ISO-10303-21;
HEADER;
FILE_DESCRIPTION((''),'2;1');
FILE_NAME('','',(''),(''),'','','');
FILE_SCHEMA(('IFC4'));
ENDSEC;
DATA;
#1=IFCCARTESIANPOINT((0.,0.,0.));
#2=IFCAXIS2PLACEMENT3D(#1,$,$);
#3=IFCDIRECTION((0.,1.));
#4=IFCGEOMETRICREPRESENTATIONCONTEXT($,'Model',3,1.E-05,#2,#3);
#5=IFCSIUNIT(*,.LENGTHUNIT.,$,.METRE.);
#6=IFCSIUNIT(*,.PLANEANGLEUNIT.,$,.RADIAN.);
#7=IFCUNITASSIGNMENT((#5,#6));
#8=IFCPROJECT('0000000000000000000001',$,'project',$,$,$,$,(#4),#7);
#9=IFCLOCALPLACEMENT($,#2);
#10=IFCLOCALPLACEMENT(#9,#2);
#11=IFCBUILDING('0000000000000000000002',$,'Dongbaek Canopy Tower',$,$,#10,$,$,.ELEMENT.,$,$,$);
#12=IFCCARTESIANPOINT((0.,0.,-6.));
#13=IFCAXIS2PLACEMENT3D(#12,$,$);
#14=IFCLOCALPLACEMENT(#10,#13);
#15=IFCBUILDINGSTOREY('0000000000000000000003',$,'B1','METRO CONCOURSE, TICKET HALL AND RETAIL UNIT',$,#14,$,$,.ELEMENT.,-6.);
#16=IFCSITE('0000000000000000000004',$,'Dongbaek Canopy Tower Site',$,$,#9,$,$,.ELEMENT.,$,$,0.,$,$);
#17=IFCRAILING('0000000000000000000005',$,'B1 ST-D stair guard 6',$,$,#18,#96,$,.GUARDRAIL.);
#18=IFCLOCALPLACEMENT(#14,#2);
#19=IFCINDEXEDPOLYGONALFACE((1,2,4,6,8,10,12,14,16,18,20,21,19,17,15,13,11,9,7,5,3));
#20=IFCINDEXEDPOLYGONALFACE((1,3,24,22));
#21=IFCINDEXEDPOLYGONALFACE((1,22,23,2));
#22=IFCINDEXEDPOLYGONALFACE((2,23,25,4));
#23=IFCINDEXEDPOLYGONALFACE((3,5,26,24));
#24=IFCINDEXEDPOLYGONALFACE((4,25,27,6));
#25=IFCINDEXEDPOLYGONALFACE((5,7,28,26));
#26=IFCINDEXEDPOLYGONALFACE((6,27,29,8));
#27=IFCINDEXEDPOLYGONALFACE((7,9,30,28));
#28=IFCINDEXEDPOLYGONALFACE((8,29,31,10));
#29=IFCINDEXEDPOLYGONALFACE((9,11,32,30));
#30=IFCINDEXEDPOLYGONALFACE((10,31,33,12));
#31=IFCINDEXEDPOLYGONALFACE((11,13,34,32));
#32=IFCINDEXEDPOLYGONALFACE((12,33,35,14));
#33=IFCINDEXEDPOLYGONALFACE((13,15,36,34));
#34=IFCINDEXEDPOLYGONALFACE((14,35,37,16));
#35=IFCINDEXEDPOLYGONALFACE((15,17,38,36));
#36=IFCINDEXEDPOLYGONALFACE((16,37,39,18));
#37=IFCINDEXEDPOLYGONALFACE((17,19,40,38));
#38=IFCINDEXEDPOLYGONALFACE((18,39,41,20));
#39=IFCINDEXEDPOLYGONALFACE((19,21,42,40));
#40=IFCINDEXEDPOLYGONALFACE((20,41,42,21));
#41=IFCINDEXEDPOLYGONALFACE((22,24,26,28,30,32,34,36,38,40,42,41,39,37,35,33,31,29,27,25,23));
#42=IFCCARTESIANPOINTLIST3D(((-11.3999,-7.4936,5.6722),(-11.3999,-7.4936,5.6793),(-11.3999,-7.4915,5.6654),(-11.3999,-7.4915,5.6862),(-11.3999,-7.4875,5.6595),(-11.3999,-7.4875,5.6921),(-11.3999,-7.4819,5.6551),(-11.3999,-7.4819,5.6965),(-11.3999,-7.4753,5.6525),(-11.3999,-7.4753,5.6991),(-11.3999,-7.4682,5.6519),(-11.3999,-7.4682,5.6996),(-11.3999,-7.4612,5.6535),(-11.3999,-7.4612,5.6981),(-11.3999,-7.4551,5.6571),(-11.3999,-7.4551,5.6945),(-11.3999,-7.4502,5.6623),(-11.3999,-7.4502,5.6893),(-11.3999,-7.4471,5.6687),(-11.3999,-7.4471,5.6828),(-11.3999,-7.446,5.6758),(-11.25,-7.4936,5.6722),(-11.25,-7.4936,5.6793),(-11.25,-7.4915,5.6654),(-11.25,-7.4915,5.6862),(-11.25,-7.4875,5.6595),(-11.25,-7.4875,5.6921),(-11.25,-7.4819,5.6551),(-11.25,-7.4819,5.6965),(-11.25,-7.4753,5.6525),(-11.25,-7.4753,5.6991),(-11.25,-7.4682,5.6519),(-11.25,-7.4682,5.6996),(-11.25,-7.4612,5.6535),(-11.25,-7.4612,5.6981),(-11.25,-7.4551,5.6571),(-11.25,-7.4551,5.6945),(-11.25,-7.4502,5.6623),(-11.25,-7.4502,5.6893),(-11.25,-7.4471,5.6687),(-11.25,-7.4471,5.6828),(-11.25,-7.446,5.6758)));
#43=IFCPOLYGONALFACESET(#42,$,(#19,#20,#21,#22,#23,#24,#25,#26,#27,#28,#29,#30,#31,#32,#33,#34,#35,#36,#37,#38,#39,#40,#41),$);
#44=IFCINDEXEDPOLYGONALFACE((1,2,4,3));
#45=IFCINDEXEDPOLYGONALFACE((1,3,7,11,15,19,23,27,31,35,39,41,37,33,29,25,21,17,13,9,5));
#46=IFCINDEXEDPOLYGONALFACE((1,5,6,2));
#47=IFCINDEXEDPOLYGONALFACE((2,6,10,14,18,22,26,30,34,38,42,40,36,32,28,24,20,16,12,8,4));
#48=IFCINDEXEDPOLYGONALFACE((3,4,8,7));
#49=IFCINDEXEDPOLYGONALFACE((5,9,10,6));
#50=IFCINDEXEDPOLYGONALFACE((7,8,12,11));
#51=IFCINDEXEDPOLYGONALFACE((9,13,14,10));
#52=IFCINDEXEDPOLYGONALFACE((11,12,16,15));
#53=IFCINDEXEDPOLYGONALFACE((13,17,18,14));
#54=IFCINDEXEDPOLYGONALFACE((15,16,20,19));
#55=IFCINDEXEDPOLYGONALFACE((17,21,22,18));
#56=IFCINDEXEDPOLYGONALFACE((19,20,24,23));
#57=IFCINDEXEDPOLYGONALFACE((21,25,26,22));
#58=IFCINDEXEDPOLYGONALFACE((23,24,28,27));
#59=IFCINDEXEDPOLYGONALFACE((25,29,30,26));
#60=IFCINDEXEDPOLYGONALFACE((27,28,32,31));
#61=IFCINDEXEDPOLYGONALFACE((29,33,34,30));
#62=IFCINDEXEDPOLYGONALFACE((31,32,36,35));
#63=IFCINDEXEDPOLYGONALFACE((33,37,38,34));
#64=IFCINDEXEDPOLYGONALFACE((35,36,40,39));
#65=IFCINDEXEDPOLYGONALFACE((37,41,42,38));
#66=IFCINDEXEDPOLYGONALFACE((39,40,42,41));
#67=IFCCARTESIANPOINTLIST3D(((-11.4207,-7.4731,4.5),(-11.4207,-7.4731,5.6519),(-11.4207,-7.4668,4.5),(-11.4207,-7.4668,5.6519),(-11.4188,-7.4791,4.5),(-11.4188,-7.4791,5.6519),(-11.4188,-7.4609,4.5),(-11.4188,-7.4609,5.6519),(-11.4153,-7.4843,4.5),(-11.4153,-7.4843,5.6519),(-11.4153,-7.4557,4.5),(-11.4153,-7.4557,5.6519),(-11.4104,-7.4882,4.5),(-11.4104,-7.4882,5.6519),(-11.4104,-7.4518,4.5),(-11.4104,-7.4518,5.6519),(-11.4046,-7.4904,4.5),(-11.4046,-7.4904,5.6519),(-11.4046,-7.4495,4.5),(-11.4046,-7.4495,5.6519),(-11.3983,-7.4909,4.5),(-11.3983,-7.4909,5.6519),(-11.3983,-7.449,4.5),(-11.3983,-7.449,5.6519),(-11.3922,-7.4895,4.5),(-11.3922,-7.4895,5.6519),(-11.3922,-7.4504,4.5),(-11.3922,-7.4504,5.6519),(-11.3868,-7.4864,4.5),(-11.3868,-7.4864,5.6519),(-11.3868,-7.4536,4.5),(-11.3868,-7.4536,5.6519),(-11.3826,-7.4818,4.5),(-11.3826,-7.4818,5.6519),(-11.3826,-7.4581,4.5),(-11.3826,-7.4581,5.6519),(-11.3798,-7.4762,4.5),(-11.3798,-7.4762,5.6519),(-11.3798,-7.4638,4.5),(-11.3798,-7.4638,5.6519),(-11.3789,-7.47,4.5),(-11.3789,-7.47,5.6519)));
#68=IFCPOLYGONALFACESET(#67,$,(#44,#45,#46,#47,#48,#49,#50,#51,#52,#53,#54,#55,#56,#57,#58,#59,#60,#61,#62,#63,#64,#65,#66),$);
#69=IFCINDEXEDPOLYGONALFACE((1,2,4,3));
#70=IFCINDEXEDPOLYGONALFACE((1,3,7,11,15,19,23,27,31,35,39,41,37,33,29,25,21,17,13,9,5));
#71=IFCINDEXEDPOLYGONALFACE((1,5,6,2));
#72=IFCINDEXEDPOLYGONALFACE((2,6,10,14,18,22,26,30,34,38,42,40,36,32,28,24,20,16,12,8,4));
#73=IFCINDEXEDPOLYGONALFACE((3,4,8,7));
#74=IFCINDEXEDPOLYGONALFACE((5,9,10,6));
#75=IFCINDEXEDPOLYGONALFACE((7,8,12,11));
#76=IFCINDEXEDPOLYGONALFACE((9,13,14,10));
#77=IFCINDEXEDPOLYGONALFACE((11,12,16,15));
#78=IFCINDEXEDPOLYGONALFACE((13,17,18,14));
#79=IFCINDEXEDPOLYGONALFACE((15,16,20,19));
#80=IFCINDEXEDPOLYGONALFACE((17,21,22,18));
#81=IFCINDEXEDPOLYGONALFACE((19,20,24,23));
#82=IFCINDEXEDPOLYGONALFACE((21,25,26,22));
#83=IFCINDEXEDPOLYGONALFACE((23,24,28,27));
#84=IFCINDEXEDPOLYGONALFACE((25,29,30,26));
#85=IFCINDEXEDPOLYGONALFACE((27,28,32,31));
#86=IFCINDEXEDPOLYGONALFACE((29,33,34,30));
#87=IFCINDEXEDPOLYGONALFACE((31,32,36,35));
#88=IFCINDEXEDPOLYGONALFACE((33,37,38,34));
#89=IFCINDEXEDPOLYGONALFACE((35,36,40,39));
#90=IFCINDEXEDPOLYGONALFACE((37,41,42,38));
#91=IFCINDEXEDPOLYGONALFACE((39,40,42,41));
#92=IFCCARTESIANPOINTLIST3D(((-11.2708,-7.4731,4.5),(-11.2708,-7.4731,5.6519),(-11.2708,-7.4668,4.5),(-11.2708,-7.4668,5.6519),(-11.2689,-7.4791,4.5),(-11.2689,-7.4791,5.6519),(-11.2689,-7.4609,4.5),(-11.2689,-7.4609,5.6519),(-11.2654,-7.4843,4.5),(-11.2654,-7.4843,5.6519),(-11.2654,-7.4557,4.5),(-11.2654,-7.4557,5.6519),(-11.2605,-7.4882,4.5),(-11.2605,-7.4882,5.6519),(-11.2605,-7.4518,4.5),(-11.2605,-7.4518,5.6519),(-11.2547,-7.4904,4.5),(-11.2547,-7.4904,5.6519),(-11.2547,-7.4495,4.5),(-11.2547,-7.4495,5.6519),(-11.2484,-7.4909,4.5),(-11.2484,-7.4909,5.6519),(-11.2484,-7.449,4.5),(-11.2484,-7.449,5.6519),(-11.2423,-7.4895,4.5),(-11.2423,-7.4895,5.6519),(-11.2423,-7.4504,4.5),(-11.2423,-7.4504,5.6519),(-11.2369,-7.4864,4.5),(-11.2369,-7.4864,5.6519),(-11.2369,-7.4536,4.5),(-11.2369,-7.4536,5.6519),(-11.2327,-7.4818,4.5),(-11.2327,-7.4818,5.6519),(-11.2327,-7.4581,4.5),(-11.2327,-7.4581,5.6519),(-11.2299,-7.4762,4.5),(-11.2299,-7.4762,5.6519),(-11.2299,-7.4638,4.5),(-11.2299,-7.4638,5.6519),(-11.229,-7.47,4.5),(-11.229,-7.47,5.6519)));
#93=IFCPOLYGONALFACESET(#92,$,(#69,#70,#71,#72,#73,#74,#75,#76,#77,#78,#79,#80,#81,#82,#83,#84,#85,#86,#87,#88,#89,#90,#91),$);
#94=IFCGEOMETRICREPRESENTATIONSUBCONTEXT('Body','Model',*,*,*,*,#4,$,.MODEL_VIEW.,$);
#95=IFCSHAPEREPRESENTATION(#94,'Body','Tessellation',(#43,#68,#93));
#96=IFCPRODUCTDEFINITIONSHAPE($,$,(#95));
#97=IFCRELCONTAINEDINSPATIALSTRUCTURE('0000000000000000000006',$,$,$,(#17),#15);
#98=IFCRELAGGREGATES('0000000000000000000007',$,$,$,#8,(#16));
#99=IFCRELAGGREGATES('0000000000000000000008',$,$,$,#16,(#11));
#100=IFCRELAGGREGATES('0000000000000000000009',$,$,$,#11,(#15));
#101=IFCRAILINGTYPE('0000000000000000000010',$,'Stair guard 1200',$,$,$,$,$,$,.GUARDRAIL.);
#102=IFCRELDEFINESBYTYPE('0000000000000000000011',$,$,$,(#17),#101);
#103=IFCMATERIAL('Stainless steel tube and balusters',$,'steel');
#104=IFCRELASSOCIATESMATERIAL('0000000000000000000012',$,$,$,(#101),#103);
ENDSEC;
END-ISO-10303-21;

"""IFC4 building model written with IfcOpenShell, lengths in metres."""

from ifc_helpers import new_model, si_unit, direction, frame, origin, origin_2d, place, context, subcontext, project, spatial, circle, extrude, material, type_object, element, save


model = new_model("IFC4")

# Units and contexts
model_context = context("Model", 3, precision=1e-05, world=origin(), true_north=direction((0.0, 1.0)))
body_context = subcontext(model_context, "Body", "Model", "MODEL_VIEW")
ifc_project = project(units=[si_unit("LENGTHUNIT", "METRE"), si_unit("PLANEANGLEUNIT", "RADIAN")], contexts=[model_context])

# Site, building, storey
site_placement = place(None, origin())
site = spatial("IfcSite", under=ifc_project, at=site_placement, Name="Dongbaek Canopy Tower Site", CompositionType="ELEMENT", RefElevation=0.0)
building_placement = place(site_placement, origin())
building = spatial("IfcBuilding", under=site, at=building_placement, Name="Dongbaek Canopy Tower", CompositionType="ELEMENT")
storey_placement = place(building_placement, frame((0.0, 0.0, -6.0)))
storey = spatial("IfcBuildingStorey", under=building, at=storey_placement, Name="B1", Description="METRO CONCOURSE, TICKET HALL AND RETAIL UNIT", CompositionType="ELEMENT", Elevation=-6.0)

# Railing
ifc_material_1 = material(Name="Stainless steel tube and balusters", Category="steel")
railing_type_1 = type_object("IfcRailingType", Name="Stair guard 1200", PredefinedType="GUARDRAIL", material=ifc_material_1)
railing_1_placement = place(storey_placement, frame((-11.3999, -7.47, 4.5)))
element("IfcRailing", 1, at=railing_1_placement, inside=storey, type_object=railing_type_1, Name="B1 ST-D stair guard 6", PredefinedType="GUARDRAIL", context=body_context, shape_type="SweptSolid", body=[
    extrude(circle(Radius=0.0239, at=origin_2d()), frame((0.0, 0.0, 1.1758), z_axis=(1.0, 0.0, 0.0), x_axis=(0.0, 1.0, 0.0)), (0.0, 0.0, 1.0), 0.1499),
    extrude(circle(Radius=0.021, at=origin_2d()), origin(), (0.0, 0.0, 1.0), 1.1519),
    extrude(circle(Radius=0.021, at=origin_2d()), frame((0.1499, 0.0, 0.0)), (0.0, 0.0, 1.0), 1.1519),
])

save(model, "model.ifc")
